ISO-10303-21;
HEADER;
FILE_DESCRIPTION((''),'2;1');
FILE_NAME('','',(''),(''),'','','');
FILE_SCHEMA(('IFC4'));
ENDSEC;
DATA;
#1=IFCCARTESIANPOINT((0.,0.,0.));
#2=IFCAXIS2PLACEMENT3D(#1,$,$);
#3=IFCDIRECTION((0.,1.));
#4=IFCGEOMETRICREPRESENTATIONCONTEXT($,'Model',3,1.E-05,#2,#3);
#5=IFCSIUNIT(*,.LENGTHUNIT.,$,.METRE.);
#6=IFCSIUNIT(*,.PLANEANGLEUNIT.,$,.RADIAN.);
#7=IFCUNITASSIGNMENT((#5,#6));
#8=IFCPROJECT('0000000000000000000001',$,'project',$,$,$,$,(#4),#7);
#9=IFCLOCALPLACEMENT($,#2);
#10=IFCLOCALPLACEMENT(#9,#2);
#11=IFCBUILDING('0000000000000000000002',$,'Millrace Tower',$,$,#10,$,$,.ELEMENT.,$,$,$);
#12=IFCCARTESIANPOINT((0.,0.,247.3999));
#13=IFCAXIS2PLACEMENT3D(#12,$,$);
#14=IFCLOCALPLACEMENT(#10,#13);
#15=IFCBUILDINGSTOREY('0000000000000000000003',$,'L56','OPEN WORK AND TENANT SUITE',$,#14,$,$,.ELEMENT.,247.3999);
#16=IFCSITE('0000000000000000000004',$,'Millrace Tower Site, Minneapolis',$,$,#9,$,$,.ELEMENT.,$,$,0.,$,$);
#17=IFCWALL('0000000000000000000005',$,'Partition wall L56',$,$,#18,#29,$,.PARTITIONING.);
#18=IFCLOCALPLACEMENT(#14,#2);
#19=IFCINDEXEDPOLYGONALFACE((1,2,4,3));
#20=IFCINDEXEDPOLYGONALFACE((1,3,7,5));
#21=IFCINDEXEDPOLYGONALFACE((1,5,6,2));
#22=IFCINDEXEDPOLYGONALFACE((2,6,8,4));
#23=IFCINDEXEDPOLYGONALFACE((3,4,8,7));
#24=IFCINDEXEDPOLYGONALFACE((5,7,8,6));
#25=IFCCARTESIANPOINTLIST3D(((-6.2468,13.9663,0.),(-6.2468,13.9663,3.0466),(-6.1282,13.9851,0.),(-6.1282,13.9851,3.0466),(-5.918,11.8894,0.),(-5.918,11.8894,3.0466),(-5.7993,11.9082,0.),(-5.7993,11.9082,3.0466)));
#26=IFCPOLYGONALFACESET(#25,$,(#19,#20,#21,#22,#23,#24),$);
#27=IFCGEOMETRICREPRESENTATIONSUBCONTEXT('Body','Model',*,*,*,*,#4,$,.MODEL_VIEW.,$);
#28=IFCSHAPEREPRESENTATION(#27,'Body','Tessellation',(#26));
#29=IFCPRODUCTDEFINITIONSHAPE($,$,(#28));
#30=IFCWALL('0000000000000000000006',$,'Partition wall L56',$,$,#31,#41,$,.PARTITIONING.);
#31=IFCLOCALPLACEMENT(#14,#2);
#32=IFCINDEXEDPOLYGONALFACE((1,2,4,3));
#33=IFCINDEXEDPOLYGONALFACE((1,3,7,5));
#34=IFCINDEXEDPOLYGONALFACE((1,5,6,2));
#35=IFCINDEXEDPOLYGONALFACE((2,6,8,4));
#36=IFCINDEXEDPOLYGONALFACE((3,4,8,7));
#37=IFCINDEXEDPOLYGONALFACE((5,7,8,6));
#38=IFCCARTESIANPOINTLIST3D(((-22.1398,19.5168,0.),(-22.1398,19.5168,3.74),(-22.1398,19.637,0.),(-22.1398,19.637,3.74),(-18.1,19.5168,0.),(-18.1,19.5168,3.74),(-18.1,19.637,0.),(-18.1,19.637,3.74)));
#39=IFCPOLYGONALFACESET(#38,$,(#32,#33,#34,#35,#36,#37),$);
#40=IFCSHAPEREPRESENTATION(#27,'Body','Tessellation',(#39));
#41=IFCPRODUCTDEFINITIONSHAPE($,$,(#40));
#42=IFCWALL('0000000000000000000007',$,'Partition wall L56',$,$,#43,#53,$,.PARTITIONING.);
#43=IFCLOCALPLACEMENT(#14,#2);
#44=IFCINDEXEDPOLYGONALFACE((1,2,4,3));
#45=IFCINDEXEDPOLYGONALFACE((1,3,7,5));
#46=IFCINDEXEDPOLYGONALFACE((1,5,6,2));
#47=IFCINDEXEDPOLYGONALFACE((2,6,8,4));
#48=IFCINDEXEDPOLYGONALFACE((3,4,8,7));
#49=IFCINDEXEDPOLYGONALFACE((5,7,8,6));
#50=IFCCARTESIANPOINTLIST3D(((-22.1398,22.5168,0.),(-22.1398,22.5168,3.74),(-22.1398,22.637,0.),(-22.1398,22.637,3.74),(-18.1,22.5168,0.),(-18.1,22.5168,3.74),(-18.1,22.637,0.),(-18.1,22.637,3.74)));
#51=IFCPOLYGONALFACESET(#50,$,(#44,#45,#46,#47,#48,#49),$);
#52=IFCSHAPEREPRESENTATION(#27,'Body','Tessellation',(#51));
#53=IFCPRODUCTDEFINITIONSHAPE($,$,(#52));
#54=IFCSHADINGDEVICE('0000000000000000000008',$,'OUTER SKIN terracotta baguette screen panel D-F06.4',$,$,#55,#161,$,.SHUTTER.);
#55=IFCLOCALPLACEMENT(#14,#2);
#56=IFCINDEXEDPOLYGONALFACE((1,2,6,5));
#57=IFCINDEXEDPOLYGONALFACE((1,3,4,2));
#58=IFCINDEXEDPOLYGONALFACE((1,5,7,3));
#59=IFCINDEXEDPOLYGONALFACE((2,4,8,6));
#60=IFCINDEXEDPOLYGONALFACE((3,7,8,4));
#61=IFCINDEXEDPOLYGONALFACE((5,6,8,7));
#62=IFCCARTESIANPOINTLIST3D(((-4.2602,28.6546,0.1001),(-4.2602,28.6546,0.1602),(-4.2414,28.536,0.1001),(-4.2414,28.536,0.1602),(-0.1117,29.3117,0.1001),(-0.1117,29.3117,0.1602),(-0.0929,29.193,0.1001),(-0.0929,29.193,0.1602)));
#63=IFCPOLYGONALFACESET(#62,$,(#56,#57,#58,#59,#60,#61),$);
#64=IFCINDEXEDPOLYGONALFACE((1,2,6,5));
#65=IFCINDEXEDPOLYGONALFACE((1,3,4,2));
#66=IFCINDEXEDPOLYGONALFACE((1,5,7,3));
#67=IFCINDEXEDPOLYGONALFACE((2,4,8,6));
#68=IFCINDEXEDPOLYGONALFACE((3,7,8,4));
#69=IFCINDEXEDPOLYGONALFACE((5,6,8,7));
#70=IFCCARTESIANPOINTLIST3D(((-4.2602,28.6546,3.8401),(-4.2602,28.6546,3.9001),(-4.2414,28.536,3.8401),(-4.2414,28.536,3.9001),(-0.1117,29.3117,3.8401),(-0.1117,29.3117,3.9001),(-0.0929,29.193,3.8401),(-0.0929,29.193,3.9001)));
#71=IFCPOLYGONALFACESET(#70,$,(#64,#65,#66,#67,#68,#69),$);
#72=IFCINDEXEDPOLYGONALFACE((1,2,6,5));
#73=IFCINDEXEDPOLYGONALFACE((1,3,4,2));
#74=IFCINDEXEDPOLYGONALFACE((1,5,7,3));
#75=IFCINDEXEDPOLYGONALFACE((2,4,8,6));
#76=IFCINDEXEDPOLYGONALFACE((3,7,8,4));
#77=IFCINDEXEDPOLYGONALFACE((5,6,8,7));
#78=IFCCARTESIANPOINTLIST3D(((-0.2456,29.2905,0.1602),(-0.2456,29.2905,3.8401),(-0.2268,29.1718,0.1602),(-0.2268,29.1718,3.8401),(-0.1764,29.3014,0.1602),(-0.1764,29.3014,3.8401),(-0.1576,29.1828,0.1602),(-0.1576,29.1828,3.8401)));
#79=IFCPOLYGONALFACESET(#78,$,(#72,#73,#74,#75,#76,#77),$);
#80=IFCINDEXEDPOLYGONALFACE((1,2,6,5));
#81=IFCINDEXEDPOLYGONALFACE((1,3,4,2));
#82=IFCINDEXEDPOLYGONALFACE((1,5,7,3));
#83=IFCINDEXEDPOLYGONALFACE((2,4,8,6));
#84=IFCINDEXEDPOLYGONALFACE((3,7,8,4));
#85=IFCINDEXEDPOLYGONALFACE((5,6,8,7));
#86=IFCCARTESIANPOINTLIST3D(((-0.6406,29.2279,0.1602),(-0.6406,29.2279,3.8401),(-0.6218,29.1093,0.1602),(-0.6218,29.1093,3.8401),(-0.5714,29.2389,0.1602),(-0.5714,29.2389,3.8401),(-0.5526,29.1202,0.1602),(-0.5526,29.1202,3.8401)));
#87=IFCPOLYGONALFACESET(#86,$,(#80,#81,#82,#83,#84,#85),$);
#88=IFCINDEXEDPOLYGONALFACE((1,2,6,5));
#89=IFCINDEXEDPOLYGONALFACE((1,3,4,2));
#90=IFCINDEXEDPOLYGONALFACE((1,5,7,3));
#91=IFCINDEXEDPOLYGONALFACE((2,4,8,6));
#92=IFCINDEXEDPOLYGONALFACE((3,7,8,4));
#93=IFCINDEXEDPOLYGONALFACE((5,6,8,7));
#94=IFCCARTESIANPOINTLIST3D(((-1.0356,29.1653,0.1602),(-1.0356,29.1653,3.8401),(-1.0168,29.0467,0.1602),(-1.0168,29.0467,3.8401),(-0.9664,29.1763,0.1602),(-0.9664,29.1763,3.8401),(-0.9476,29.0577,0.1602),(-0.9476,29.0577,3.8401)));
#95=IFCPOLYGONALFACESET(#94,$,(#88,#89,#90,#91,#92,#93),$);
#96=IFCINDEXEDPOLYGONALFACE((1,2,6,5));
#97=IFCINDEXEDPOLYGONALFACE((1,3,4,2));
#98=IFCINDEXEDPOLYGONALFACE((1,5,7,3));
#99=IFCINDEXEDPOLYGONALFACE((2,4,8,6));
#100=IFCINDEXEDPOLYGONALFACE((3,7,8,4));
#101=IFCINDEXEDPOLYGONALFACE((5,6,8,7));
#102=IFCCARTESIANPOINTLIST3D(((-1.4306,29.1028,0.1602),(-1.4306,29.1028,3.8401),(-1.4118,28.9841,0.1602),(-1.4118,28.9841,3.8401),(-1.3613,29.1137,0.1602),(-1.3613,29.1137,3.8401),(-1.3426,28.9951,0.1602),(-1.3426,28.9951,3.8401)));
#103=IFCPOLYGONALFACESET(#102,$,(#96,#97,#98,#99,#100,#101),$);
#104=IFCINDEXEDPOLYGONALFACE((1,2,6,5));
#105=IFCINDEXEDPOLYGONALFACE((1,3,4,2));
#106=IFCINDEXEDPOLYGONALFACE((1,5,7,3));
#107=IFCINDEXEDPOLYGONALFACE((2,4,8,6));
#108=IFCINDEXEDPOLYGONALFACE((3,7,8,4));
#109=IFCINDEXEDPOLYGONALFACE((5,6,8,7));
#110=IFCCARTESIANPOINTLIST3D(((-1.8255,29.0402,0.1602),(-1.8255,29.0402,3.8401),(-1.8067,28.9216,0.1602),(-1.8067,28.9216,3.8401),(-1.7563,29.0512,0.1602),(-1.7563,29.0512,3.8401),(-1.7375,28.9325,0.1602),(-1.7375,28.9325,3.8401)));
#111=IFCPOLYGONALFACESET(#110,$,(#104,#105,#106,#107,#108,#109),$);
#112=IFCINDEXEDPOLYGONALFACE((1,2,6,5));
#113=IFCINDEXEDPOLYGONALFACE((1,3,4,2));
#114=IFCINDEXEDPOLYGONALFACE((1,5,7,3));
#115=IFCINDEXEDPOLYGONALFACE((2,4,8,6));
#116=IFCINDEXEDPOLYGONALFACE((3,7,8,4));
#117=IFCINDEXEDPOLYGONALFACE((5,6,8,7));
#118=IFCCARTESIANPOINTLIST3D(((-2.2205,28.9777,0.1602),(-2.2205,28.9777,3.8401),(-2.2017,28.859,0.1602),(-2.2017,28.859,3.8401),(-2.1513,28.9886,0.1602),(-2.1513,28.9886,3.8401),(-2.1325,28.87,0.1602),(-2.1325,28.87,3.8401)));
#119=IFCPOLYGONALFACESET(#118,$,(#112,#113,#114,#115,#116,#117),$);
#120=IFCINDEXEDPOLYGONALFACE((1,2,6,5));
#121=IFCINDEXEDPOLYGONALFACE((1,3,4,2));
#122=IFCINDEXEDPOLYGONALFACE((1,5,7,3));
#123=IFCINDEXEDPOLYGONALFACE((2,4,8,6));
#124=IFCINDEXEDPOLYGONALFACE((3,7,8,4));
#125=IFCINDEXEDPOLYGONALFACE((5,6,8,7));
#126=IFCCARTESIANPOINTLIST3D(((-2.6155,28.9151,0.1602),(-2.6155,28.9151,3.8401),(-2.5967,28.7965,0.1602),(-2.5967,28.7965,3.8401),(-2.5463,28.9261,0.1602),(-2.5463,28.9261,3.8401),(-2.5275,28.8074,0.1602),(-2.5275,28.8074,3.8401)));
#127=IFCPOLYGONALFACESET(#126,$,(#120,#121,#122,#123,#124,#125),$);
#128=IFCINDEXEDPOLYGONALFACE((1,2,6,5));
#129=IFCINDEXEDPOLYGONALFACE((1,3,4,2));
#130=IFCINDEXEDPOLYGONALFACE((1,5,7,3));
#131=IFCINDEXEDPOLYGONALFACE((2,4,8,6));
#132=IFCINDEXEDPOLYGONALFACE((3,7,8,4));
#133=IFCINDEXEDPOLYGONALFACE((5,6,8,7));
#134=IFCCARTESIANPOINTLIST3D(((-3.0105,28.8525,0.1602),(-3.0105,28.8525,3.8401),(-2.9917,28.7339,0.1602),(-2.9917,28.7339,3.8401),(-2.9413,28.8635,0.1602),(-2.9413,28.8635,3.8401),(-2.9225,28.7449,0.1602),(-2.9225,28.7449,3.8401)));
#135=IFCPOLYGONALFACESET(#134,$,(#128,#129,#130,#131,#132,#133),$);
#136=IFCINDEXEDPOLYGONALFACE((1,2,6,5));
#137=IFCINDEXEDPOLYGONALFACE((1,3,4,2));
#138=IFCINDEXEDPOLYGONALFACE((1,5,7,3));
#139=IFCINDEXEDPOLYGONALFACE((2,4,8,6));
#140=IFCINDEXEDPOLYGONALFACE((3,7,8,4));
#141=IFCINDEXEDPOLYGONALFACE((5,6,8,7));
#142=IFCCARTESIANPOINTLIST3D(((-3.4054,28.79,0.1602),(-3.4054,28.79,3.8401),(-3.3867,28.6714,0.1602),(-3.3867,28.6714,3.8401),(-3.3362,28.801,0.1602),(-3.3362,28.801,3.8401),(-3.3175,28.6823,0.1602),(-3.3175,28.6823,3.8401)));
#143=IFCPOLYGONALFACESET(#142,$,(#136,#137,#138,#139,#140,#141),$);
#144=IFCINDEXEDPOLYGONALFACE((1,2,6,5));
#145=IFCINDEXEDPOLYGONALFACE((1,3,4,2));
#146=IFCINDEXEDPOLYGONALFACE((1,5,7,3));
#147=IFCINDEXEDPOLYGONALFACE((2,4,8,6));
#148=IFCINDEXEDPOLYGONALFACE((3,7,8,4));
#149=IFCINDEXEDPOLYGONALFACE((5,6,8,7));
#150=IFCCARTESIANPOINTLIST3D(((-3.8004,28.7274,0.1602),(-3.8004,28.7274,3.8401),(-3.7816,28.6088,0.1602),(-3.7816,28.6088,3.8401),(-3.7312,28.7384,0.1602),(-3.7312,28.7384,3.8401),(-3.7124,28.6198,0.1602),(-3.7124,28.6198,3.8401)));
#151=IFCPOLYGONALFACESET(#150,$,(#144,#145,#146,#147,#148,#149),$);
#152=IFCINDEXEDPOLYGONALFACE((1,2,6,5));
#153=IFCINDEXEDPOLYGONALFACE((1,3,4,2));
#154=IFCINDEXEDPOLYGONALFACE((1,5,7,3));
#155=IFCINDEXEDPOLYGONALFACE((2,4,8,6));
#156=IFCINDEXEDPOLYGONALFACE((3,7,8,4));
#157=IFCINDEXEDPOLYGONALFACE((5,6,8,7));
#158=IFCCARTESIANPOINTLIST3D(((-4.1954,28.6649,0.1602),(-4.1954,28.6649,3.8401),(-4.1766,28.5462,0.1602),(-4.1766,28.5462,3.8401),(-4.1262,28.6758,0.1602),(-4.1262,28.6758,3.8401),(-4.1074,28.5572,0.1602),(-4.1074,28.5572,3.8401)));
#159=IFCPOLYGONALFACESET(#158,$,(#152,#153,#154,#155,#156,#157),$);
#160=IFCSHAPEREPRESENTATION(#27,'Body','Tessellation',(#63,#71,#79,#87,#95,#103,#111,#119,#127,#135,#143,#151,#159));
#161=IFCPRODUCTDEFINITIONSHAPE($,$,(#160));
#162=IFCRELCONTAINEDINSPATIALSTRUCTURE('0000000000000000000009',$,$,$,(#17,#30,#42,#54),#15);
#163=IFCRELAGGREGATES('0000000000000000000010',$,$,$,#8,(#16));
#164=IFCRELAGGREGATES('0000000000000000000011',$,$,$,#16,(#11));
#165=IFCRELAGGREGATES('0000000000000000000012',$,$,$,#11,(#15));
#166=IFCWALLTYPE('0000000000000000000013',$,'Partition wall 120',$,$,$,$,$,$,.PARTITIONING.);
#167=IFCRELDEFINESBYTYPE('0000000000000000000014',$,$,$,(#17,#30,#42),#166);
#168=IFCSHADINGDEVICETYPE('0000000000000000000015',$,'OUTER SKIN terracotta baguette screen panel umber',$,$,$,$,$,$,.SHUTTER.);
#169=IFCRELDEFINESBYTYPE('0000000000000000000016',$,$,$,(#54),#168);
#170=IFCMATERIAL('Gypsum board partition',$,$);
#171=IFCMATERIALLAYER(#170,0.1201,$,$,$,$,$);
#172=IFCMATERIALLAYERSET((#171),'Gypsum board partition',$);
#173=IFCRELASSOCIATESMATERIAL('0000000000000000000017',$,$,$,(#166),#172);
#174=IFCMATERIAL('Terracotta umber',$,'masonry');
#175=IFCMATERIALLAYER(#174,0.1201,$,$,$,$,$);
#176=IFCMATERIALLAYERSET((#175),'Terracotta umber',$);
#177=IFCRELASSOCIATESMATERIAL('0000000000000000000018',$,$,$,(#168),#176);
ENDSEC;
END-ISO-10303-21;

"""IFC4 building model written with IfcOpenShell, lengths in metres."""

from ifc_helpers import new_model, entity, si_unit, direction, frame, frame_2d, origin, origin_2d, place, context, subcontext, project, spatial, rectangle, extrude, source, transform, mapped, material, layer, layer_set, type_object, element, save


model = new_model("IFC4")

# Units and contexts
model_context = context("Model", 3, precision=1e-05, world=origin(), true_north=direction((0.0, 1.0)))
body_context = subcontext(model_context, "Body", "Model", "MODEL_VIEW")
ifc_project = project(units=[si_unit("LENGTHUNIT", "METRE"), si_unit("PLANEANGLEUNIT", "RADIAN")], contexts=[model_context])

# Site, building, storey
site_placement = place(None, origin())
site = spatial("IfcSite", under=ifc_project, at=site_placement, Name="Millrace Tower Site, Minneapolis", CompositionType="ELEMENT", RefElevation=0.0)
building_placement = place(site_placement, origin())
building = spatial("IfcBuilding", under=site, at=building_placement, Name="Millrace Tower", CompositionType="ELEMENT")
storey_placement = place(building_placement, frame((0.0, 0.0, 247.3999)))
storey = spatial("IfcBuildingStorey", under=building, at=storey_placement, Name="L56", Description="OPEN WORK AND TENANT SUITE", CompositionType="ELEMENT", Elevation=247.3999)

# Walls
ifc_material_1 = material(Name="Gypsum board partition")
ifc_layer_1 = layer(ifc_material_1, 0.1201)
ifc_layer_set_1 = layer_set([ifc_layer_1], Name="Gypsum board partition")
wall_type_1 = type_object("IfcWallType", Name="Partition wall 120", PredefinedType="PARTITIONING", material=ifc_layer_set_1)
wall_1_placement = place(storey_placement, frame((-6.1875, 13.9756, 0.0), z_axis=(0.0, 0.0, 1.0), x_axis=(0.156392, -0.987695, 0.0)))
element("IfcWall", 1, at=wall_1_placement, inside=storey, type_object=wall_type_1, Name="Partition wall L56", PredefinedType="PARTITIONING", context=body_context, shape_type="SweptSolid", body=[
    extrude(rectangle(XDim=2.1028, YDim=0.1201, at=frame_2d((1.0513, 0.0))), origin(), (0.0, 0.0, 1.0), 3.0466),
])
for number, where, z_axis, x_axis, name in (
    (2, (-22.1399, 19.5769, 0.0), (0.0, 0.0, 1.0), (1.0, 0.0, 0.0), "Partition wall L56"),
    (3, (-22.1399, 22.5769, 0.0), (0.0, 0.0, 1.0), (1.0, 0.0, 0.0), "Partition wall L56"),
):
    element("IfcWall", number, at=place(storey_placement, frame(where, z_axis=z_axis, x_axis=x_axis)), inside=storey, type_object=wall_type_1, Name=name, PredefinedType="PARTITIONING", context=body_context, shape_type="SweptSolid", body=[
        extrude(rectangle(XDim=4.0398, YDim=0.1201, at=frame_2d((2.02, 0.0))), origin(), (0.0, 0.0, 1.0), 3.74),
    ])

# Shading device
ifc_material_2 = material(Name="Terracotta umber", Category="masonry")
ifc_layer_2 = layer(ifc_material_2, 0.1201)
ifc_layer_set_2 = layer_set([ifc_layer_2], Name="Terracotta umber")
shading_device_type = type_object("IfcShadingDeviceType", Name="OUTER SKIN terracotta baguette screen panel umber", PredefinedType="SHUTTER", material=ifc_layer_set_2)
cartesian_point = entity("IfcCartesianPoint", [-2.1001, 0.0601])
shared_polyline = entity("IfcPolyline", [cartesian_point, entity("IfcCartesianPoint", [2.1001, 0.0601]), entity("IfcCartesianPoint", [2.1001, -0.0601]), entity("IfcCartesianPoint", [-2.1001, -0.0601]), cartesian_point])
shared_shape = source(origin(), body_context, "Body", "SweptSolid", [
    entity("IfcExtrudedAreaSolid", entity("IfcArbitraryClosedProfileDef", "AREA", None, shared_polyline), entity("IfcAxis2Placement3D", entity("IfcCartesianPoint", [0.0, 0.0, 0.0])), entity("IfcDirection", [0.0, 0.0, 1.0]), 0.0601),
    entity("IfcExtrudedAreaSolid", entity("IfcArbitraryClosedProfileDef", "AREA", None, shared_polyline), entity("IfcAxis2Placement3D", entity("IfcCartesianPoint", [0.0, 0.0, 3.74])), entity("IfcDirection", [0.0, 0.0, 1.0]), 0.0601),
    extrude(rectangle(XDim=0.0701, YDim=0.1201, at=frame_2d((-1.9995, 0.0))), frame((0.0, 0.0, 0.0601)), (0.0, 0.0, 1.0), 3.6799),
    extrude(rectangle(XDim=0.0701, YDim=0.1201, at=frame_2d((-1.5996, 0.0))), frame((0.0, 0.0, 0.0601)), (0.0, 0.0, 1.0), 3.6799),
    extrude(rectangle(XDim=0.0701, YDim=0.1201, at=frame_2d((-1.1997, 0.0))), frame((0.0, 0.0, 0.0601)), (0.0, 0.0, 1.0), 3.6799),
    extrude(rectangle(XDim=0.0701, YDim=0.1201, at=frame_2d((-0.7998, 0.0))), frame((0.0, 0.0, 0.0601)), (0.0, 0.0, 1.0), 3.6799),
    extrude(rectangle(XDim=0.0701, YDim=0.1201, at=frame_2d((-0.3999, 0.0))), frame((0.0, 0.0, 0.0601)), (0.0, 0.0, 1.0), 3.6799),
    extrude(rectangle(XDim=0.0701, YDim=0.1201, at=origin_2d()), frame((0.0, 0.0, 0.0601)), (0.0, 0.0, 1.0), 3.6799),
    extrude(rectangle(XDim=0.0701, YDim=0.1201, at=frame_2d((0.3999, 0.0))), frame((0.0, 0.0, 0.0601)), (0.0, 0.0, 1.0), 3.6799),
    extrude(rectangle(XDim=0.0701, YDim=0.1201, at=frame_2d((0.7998, 0.0))), frame((0.0, 0.0, 0.0601)), (0.0, 0.0, 1.0), 3.6799),
    extrude(rectangle(XDim=0.0701, YDim=0.1201, at=frame_2d((1.1997, 0.0))), frame((0.0, 0.0, 0.0601)), (0.0, 0.0, 1.0), 3.6799),
    extrude(rectangle(XDim=0.0701, YDim=0.1201, at=frame_2d((1.5996, 0.0))), frame((0.0, 0.0, 0.0601)), (0.0, 0.0, 1.0), 3.6799),
    extrude(rectangle(XDim=0.0701, YDim=0.1201, at=frame_2d((1.9995, 0.0))), frame((0.0, 0.0, 0.0601)), (0.0, 0.0, 1.0), 3.6799),
])
for number, where, z_axis, x_axis, name in (
    (4, (-2.1765, 28.9238, 0.1001), (0.0, 0.0, 1.0), (-0.987688, -0.156434, 0.0), "OUTER SKIN terracotta baguette screen panel D-F06.4"),
):
    element("IfcShadingDevice", number, at=place(storey_placement, frame(where, z_axis=z_axis, x_axis=x_axis)), inside=storey, type_object=shading_device_type, Name=name, PredefinedType="SHUTTER", context=body_context, shape_type="MappedRepresentation", body=[
        mapped(shared_shape, transform((0.0, 0.0, 0.0), scale=1.0)),
    ])

save(model, "model.ifc")
